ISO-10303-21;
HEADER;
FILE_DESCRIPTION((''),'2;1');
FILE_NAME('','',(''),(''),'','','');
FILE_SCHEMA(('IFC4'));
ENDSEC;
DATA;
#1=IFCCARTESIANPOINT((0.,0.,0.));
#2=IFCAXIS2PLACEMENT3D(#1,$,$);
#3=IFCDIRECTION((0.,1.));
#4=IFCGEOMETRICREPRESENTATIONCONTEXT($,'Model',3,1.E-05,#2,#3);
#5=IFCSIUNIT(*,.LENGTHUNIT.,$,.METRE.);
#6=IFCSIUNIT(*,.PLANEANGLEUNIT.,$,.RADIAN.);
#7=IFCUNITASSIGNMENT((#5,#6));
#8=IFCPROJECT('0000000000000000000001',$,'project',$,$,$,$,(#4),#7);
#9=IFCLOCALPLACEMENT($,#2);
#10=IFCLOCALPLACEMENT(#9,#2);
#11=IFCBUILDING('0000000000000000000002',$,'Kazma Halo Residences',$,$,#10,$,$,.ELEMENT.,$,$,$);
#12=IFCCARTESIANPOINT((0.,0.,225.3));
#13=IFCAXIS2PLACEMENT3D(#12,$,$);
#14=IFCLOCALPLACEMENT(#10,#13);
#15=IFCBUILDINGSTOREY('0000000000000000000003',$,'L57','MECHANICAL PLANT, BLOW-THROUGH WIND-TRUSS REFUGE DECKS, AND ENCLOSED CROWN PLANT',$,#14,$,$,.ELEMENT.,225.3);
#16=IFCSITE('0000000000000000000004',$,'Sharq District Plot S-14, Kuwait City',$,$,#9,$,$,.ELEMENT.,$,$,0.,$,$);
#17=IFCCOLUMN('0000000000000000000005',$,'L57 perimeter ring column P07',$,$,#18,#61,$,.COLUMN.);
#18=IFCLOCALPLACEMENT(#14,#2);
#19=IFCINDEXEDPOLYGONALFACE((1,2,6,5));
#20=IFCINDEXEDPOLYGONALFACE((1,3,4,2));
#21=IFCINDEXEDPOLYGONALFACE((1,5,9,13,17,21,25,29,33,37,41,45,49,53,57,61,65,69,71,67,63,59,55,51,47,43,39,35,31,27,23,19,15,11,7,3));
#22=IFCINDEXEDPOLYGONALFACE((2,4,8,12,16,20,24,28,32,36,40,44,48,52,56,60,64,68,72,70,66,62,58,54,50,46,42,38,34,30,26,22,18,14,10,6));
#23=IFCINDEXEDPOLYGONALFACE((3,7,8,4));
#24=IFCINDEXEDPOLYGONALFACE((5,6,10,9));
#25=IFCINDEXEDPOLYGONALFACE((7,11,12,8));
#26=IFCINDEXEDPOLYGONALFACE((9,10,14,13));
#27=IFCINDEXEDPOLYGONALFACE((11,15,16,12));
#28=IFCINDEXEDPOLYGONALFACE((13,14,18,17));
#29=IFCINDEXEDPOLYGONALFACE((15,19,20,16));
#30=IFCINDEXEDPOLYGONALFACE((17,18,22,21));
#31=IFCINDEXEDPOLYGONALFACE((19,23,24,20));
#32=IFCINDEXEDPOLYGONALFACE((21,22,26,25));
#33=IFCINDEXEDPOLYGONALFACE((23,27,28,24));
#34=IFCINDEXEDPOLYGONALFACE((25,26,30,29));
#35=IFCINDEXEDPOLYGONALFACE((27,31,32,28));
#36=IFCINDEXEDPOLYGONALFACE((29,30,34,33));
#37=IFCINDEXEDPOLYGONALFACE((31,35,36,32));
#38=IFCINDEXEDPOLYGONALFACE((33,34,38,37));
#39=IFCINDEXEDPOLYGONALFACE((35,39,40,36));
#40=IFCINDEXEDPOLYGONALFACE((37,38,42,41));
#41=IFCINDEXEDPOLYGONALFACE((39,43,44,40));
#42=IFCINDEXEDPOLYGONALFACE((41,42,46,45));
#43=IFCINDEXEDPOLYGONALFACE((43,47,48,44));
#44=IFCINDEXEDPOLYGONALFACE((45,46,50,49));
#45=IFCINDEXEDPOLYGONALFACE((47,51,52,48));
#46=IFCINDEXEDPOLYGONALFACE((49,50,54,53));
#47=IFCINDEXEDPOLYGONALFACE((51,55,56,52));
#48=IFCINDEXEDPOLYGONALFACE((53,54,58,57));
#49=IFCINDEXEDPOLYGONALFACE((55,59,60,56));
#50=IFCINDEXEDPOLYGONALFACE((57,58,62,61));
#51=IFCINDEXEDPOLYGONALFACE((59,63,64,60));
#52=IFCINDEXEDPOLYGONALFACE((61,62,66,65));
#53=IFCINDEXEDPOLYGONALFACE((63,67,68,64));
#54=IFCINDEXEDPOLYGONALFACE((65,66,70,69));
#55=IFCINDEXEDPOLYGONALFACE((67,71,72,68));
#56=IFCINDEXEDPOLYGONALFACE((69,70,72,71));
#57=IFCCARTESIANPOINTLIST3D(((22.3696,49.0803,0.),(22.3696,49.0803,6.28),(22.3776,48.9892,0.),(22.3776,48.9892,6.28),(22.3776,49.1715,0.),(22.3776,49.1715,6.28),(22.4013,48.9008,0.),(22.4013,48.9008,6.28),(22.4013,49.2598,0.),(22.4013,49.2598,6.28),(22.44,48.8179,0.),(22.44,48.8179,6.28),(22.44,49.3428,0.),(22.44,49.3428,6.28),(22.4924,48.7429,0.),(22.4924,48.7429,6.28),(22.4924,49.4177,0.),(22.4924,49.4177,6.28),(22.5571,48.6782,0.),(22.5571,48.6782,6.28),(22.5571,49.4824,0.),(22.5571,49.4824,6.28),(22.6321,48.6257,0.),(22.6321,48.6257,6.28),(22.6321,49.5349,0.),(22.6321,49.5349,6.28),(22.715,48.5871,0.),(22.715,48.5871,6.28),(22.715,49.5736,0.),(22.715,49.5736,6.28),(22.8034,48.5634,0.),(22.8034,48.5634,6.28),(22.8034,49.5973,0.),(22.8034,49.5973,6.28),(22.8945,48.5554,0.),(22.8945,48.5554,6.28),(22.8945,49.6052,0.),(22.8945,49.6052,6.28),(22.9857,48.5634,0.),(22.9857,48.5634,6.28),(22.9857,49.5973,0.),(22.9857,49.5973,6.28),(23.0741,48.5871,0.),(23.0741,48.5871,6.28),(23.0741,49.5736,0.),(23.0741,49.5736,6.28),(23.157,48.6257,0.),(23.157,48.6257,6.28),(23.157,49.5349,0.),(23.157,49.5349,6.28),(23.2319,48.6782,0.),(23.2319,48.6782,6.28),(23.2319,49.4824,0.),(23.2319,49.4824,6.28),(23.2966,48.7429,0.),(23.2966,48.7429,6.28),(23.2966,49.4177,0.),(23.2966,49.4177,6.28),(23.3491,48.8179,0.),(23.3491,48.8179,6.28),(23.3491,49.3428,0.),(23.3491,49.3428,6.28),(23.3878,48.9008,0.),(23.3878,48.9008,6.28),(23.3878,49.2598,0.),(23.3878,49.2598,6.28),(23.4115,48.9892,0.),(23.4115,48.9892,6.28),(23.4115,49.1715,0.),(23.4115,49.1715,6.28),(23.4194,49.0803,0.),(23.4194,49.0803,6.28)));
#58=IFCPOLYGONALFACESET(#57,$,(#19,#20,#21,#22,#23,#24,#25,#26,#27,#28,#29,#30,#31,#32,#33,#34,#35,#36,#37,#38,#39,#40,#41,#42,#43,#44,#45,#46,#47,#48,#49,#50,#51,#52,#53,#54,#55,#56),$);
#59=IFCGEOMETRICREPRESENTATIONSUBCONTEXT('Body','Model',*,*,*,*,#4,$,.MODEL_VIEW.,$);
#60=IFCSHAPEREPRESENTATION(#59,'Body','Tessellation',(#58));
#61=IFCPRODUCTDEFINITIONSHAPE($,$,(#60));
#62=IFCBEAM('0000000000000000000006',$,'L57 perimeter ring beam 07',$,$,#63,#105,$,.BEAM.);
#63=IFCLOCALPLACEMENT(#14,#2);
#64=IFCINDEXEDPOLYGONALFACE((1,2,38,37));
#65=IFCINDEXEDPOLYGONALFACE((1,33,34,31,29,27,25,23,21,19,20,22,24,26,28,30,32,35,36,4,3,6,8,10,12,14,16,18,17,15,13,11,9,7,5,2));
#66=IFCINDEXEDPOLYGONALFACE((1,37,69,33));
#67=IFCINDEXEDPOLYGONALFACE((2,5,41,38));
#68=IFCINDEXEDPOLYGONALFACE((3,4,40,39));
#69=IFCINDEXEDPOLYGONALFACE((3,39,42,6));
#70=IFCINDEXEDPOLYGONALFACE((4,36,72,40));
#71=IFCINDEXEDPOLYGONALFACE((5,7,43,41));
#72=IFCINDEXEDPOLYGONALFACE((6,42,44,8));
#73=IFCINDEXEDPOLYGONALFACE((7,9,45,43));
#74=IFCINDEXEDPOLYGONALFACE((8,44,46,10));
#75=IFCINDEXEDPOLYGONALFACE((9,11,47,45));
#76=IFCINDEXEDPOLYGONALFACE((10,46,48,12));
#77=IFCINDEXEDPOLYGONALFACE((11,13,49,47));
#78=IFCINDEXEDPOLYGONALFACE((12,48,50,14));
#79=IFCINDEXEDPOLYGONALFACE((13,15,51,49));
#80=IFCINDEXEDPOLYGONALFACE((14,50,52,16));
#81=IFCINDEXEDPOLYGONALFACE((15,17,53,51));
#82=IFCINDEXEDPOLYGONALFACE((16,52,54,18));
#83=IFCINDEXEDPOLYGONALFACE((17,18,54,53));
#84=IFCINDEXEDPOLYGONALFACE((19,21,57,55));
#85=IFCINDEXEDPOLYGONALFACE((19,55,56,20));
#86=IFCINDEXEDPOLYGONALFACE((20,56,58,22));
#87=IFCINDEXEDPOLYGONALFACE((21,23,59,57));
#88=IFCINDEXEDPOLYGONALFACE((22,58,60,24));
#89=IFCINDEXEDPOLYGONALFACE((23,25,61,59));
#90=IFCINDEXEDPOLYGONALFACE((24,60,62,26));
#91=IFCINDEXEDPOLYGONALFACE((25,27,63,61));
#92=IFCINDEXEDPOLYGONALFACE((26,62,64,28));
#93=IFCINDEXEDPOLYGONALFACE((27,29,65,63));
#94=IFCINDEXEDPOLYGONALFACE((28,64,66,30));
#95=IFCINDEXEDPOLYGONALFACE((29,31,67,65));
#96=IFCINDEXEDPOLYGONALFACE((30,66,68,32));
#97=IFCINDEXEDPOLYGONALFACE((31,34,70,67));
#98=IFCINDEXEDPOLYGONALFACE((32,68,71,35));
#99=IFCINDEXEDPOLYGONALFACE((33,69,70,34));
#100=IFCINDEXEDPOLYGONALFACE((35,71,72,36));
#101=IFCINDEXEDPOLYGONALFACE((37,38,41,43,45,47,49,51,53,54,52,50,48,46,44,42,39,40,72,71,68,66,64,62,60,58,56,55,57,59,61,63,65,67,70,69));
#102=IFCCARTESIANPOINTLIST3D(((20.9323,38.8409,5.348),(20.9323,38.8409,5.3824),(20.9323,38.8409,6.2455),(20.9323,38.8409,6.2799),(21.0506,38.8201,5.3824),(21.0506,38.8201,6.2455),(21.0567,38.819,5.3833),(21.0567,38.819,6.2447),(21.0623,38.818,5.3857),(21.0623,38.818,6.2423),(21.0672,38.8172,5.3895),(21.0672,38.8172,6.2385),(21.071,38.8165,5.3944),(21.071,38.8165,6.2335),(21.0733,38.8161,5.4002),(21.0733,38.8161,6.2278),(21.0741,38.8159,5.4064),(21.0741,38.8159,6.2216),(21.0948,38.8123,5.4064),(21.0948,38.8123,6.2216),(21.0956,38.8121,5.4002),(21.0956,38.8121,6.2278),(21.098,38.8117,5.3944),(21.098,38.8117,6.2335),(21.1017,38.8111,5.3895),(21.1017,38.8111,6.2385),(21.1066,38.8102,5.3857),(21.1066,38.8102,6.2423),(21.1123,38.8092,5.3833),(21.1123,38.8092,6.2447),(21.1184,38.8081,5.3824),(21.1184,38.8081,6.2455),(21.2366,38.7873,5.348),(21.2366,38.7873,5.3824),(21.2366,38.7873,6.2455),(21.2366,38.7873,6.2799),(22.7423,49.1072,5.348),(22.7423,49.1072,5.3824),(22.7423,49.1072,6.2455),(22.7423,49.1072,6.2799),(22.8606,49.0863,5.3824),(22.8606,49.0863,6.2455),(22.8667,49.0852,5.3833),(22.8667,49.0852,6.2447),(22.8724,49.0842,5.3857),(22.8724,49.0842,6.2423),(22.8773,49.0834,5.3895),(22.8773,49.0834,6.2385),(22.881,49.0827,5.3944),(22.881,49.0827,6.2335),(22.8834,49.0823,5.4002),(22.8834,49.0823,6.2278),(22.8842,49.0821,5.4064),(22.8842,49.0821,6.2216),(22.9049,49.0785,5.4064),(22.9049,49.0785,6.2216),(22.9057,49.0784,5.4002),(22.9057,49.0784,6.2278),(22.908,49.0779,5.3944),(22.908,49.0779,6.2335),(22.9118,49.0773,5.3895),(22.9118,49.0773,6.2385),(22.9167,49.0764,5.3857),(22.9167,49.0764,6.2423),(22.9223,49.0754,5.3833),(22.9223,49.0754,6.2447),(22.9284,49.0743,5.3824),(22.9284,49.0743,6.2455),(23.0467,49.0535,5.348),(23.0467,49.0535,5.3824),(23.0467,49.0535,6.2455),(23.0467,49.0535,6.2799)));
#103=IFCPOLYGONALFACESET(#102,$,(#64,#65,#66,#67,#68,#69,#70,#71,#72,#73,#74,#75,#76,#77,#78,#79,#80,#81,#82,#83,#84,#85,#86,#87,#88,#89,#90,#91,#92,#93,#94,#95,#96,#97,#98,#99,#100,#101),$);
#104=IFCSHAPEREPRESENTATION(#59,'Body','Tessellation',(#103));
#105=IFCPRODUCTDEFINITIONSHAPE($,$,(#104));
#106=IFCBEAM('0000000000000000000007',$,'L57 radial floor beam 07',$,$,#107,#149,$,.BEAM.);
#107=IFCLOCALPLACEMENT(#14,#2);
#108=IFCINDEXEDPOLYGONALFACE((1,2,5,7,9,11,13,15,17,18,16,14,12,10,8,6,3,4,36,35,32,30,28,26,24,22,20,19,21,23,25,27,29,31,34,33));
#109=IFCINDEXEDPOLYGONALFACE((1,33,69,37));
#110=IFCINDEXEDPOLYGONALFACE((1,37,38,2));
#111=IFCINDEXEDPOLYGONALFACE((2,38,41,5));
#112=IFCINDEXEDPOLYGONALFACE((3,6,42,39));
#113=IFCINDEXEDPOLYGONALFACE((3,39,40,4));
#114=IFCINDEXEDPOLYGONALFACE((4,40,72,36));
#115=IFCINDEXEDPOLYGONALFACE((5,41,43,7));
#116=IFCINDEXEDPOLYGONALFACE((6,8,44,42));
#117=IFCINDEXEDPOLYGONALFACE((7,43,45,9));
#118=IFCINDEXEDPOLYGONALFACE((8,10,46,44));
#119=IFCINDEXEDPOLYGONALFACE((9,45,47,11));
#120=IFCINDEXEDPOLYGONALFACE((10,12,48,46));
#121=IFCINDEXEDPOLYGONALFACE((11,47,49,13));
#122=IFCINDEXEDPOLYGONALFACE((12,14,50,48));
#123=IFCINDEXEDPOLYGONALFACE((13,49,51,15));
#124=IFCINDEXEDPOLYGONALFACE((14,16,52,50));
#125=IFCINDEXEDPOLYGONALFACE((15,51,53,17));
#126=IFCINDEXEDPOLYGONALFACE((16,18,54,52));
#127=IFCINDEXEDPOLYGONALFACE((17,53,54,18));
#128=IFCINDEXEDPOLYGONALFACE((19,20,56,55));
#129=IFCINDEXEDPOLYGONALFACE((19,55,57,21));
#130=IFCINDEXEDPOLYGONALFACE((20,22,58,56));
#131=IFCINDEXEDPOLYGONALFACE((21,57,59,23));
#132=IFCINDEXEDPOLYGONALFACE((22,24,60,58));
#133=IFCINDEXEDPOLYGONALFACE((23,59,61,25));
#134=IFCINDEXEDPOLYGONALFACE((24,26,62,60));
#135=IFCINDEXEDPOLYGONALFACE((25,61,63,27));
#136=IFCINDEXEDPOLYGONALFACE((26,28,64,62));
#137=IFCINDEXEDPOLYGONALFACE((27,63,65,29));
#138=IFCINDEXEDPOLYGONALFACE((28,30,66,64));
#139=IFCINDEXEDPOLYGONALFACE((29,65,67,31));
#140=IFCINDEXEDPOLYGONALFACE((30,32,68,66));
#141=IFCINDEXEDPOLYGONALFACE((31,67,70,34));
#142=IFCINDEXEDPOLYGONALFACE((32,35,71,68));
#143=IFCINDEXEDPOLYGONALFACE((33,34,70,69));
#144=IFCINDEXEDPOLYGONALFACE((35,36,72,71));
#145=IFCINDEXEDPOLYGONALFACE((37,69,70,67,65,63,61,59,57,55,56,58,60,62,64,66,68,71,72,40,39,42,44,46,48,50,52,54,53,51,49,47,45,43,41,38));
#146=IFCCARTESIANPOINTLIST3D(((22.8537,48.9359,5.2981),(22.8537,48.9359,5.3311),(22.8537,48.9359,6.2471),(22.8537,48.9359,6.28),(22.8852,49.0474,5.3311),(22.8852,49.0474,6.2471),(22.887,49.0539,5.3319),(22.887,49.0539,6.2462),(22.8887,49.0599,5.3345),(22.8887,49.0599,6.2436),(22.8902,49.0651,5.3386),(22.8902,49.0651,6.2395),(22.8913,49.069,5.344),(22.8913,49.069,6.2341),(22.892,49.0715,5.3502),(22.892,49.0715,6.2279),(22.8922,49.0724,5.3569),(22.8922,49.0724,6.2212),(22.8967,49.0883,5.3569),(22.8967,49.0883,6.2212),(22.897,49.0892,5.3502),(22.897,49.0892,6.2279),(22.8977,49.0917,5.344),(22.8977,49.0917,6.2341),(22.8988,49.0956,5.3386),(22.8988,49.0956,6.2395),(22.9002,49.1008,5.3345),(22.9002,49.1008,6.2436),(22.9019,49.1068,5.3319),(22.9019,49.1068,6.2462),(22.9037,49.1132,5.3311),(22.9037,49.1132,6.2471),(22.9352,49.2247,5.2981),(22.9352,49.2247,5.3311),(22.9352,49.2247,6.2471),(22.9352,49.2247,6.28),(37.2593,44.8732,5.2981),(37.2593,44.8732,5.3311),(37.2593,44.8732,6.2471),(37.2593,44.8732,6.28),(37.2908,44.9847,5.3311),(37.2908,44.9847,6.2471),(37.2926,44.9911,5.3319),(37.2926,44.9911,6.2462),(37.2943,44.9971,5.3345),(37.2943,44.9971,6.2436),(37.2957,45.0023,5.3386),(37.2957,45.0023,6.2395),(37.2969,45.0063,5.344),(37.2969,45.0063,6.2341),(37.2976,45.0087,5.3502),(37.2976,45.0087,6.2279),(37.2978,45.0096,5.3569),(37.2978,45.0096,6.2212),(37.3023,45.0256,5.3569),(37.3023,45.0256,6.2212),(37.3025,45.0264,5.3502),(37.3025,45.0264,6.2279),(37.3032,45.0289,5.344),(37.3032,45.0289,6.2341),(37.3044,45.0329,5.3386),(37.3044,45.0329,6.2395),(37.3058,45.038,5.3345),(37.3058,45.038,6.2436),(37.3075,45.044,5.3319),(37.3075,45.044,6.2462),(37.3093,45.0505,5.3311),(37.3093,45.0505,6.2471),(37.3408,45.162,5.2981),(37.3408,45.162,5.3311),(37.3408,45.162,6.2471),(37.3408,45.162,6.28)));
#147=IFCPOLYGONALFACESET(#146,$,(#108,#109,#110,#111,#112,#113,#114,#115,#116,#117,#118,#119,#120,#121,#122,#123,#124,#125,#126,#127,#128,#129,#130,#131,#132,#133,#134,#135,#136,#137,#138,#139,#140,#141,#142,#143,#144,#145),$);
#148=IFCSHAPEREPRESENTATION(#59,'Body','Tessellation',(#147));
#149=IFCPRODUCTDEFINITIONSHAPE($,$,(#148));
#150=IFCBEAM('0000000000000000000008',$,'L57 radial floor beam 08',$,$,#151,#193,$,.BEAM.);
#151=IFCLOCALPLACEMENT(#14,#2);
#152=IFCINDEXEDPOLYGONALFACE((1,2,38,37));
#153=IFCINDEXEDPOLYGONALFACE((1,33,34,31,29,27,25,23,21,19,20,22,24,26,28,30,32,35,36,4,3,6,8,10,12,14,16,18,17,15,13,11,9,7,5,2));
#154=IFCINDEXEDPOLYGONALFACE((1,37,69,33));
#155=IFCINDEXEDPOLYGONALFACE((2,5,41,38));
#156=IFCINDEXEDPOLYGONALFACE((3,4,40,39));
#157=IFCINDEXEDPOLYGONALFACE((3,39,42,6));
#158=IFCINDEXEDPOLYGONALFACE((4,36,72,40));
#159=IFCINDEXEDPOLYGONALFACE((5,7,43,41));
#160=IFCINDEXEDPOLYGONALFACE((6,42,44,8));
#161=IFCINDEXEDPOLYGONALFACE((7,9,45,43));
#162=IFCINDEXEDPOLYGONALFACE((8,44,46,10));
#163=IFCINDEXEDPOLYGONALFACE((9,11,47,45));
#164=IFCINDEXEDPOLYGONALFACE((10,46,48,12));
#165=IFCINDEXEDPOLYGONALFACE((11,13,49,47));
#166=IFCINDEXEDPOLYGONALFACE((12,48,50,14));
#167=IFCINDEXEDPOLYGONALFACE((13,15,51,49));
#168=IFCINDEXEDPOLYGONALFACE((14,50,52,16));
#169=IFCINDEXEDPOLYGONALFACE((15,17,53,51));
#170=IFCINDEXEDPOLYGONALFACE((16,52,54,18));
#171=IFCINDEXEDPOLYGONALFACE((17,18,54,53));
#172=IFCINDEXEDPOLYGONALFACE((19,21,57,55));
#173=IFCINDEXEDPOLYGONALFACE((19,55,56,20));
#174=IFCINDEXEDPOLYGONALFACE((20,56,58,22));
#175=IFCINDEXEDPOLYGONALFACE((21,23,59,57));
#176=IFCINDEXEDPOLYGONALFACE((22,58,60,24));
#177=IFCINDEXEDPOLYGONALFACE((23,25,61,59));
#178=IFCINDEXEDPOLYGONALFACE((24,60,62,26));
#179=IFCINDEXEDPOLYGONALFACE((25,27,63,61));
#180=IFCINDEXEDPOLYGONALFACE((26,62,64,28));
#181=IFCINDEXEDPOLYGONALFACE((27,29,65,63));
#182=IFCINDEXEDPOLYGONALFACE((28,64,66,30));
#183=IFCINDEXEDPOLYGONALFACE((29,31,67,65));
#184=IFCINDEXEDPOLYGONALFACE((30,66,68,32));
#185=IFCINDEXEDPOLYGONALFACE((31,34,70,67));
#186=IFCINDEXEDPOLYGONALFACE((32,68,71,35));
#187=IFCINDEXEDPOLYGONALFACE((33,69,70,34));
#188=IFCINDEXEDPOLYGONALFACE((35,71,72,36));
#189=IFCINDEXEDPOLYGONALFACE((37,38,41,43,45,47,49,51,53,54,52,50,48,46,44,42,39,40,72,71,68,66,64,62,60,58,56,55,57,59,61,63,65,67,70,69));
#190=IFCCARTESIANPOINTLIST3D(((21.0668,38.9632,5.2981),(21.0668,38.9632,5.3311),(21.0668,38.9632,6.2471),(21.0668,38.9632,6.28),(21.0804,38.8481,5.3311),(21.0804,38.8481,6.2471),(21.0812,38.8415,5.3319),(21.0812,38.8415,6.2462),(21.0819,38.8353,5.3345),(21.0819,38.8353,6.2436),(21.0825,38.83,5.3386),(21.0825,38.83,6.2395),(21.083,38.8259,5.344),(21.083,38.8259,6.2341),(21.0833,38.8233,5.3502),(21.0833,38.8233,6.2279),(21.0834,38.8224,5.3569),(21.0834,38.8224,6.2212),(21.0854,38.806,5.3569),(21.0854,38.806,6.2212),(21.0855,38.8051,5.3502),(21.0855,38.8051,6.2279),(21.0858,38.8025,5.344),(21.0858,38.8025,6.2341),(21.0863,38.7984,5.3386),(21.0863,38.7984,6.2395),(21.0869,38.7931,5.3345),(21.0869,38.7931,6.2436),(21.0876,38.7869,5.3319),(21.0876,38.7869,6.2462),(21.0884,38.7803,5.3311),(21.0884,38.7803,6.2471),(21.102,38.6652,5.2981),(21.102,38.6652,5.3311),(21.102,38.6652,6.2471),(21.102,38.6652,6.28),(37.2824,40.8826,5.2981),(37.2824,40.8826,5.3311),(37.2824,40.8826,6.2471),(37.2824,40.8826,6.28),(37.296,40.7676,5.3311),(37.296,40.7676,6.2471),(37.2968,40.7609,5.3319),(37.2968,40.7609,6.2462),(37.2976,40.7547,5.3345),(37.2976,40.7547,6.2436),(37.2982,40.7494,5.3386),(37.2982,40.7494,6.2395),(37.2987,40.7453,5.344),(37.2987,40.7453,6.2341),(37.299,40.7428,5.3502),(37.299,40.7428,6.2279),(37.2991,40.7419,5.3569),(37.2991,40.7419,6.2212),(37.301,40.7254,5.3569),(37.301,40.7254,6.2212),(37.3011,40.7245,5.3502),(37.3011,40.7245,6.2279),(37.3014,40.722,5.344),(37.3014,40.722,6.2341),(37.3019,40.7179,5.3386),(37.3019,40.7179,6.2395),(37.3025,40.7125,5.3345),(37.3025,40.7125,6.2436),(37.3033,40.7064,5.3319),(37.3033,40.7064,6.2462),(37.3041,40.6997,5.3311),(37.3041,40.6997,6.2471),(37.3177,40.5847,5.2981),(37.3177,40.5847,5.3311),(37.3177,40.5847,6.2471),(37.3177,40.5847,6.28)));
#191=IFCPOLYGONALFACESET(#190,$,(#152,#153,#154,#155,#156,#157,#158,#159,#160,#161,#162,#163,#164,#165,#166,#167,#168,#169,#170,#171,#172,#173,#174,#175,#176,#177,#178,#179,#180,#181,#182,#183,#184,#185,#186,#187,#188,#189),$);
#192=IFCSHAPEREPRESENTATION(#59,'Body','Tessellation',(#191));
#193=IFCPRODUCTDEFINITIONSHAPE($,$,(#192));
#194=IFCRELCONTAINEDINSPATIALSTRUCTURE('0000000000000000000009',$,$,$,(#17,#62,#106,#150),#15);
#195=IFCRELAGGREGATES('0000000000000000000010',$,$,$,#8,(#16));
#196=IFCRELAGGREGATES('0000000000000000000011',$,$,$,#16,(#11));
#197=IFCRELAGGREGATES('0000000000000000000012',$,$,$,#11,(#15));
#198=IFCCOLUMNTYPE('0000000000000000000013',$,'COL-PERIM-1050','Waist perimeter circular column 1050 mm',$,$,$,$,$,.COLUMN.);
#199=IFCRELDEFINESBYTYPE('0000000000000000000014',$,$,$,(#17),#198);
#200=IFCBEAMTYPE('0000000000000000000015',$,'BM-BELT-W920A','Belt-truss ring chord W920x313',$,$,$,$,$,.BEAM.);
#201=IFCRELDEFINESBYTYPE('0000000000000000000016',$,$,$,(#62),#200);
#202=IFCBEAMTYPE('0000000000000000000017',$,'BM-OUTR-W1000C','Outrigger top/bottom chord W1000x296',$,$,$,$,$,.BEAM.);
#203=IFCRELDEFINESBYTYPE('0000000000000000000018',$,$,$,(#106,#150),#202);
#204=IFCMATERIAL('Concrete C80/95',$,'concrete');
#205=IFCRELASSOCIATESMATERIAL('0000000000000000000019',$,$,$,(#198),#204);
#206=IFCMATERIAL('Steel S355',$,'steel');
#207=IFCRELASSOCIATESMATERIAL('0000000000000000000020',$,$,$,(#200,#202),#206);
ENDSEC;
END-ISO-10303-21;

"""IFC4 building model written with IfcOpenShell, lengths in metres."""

from ifc_helpers import new_model, si_unit, direction, frame, origin, origin_2d, place, context, subcontext, project, spatial, circle, i_section, extrude, material, material_profile, profile_set, type_object, element, save


model = new_model("IFC4")

# Units and contexts
model_context = context("Model", 3, precision=1e-05, world=origin(), true_north=direction((0.0, 1.0)))
body_context = subcontext(model_context, "Body", "Model", "MODEL_VIEW")
ifc_project = project(units=[si_unit("LENGTHUNIT", "METRE"), si_unit("PLANEANGLEUNIT", "RADIAN")], contexts=[model_context])

# Site, building, storey
site_placement = place(None, origin())
site = spatial("IfcSite", under=ifc_project, at=site_placement, Name="Sharq District Plot S-14, Kuwait City", CompositionType="ELEMENT", RefElevation=0.0)
building_placement = place(site_placement, origin())
building = spatial("IfcBuilding", under=site, at=building_placement, Name="Kazma Halo Residences", CompositionType="ELEMENT")
storey_placement = place(building_placement, frame((0.0, 0.0, 225.3)))
storey = spatial("IfcBuildingStorey", under=building, at=storey_placement, Name="L57", Description="MECHANICAL PLANT, BLOW-THROUGH WIND-TRUSS REFUGE DECKS, AND ENCLOSED CROWN PLANT", CompositionType="ELEMENT", Elevation=225.3)

# Column
ifc_material_1 = material(Name="Concrete C80/95", Category="concrete")
ifc_material_profile_1 = material_profile(ifc_material_1, circle(Radius=0.5249, at=origin_2d()), Name="CIRC1050")
ifc_profile_set_1 = profile_set([ifc_material_profile_1], Name="Concrete C80/95")
column_type = type_object("IfcColumnType", Name="COL-PERIM-1050", Description="Waist perimeter circular column 1050 mm", PredefinedType="COLUMN", material=ifc_profile_set_1)
column_placement = place(storey_placement, frame((22.8945, 49.0803, 0.0), z_axis=(0.0, 0.0, 1.0), x_axis=(1.0, 0.0, 0.0)))
element("IfcColumn", 1, at=column_placement, inside=storey, type_object=column_type, Name="L57 perimeter ring column P07", PredefinedType="COLUMN", context=body_context, shape_type="SweptSolid", body=[
    extrude(circle(Radius=0.5249, at=origin_2d()), origin(), (0.0, 0.0, 1.0), 6.28),
])

# Beams
ifc_material_2 = material(Name="Steel S355", Category="steel")
ifc_material_profile_2 = material_profile(ifc_material_2, i_section(OverallWidth=0.3091, OverallDepth=0.9319, WebThickness=0.021, FlangeThickness=0.0344, FilletRadius=0.0239, at=origin_2d()), Name="W920x313")
ifc_profile_set_2 = profile_set([ifc_material_profile_2], Name="Steel S355")
beam_type_1 = type_object("IfcBeamType", Name="BM-BELT-W920A", Description="Belt-truss ring chord W920x313", PredefinedType="BEAM", material=ifc_profile_set_2)
beam_1_placement = place(storey_placement, frame((22.8945, 49.0803, 5.814), z_axis=(-0.173636, -0.98481, 0.0), x_axis=(0.98481, -0.173636, 0.0)))
element("IfcBeam", 2, at=beam_1_placement, inside=storey, type_object=beam_type_1, Name="L57 perimeter ring beam 07", PredefinedType="BEAM", context=body_context, shape_type="SweptSolid", body=[
    extrude(i_section(OverallWidth=0.3091, OverallDepth=0.9319, WebThickness=0.021, FlangeThickness=0.0344, FilletRadius=0.0239, at=origin_2d()), origin(), (0.0, 0.0, 1.0), 10.4246),
])
ifc_material_profile_3 = material_profile(ifc_material_2, i_section(OverallWidth=0.3, OverallDepth=0.9819, WebThickness=0.0166, FlangeThickness=0.033, FilletRadius=0.0259, at=origin_2d()), Name="W1000x296")
ifc_profile_set_3 = profile_set([ifc_material_profile_3], Name="Steel S355")
beam_type_2 = type_object("IfcBeamType", Name="BM-OUTR-W1000C", Description="Outrigger top/bottom chord W1000x296", PredefinedType="BEAM", material=ifc_profile_set_3)
beam_2_placement = place(storey_placement, frame((37.3, 45.0176, 5.7891), z_axis=(-0.962456, 0.271438, 0.0), x_axis=(-0.271438, -0.962456, 0.0)))
element("IfcBeam", 3, at=beam_2_placement, inside=storey, type_object=beam_type_2, Name="L57 radial floor beam 07", PredefinedType="BEAM", context=body_context, shape_type="SweptSolid", body=[
    extrude(i_section(OverallWidth=0.3, OverallDepth=0.9819, WebThickness=0.0166, FlangeThickness=0.033, FilletRadius=0.0259, at=origin_2d()), origin(), (0.0, 0.0, 1.0), 14.9675),
])
beam_3_placement = place(storey_placement, frame((37.3, 40.7336, 5.7891), z_axis=(-0.993067, -0.117549, 0.0), x_axis=(0.117549, -0.993067, 0.0)))
element("IfcBeam", 4, at=beam_3_placement, inside=storey, type_object=beam_type_2, Name="L57 radial floor beam 08", PredefinedType="BEAM", context=body_context, shape_type="SweptSolid", body=[
    extrude(i_section(OverallWidth=0.3, OverallDepth=0.9819, WebThickness=0.0166, FlangeThickness=0.033, FilletRadius=0.0259, at=origin_2d()), origin(), (0.0, 0.0, 1.0), 16.3289),
])

save(model, "model.ifc")
